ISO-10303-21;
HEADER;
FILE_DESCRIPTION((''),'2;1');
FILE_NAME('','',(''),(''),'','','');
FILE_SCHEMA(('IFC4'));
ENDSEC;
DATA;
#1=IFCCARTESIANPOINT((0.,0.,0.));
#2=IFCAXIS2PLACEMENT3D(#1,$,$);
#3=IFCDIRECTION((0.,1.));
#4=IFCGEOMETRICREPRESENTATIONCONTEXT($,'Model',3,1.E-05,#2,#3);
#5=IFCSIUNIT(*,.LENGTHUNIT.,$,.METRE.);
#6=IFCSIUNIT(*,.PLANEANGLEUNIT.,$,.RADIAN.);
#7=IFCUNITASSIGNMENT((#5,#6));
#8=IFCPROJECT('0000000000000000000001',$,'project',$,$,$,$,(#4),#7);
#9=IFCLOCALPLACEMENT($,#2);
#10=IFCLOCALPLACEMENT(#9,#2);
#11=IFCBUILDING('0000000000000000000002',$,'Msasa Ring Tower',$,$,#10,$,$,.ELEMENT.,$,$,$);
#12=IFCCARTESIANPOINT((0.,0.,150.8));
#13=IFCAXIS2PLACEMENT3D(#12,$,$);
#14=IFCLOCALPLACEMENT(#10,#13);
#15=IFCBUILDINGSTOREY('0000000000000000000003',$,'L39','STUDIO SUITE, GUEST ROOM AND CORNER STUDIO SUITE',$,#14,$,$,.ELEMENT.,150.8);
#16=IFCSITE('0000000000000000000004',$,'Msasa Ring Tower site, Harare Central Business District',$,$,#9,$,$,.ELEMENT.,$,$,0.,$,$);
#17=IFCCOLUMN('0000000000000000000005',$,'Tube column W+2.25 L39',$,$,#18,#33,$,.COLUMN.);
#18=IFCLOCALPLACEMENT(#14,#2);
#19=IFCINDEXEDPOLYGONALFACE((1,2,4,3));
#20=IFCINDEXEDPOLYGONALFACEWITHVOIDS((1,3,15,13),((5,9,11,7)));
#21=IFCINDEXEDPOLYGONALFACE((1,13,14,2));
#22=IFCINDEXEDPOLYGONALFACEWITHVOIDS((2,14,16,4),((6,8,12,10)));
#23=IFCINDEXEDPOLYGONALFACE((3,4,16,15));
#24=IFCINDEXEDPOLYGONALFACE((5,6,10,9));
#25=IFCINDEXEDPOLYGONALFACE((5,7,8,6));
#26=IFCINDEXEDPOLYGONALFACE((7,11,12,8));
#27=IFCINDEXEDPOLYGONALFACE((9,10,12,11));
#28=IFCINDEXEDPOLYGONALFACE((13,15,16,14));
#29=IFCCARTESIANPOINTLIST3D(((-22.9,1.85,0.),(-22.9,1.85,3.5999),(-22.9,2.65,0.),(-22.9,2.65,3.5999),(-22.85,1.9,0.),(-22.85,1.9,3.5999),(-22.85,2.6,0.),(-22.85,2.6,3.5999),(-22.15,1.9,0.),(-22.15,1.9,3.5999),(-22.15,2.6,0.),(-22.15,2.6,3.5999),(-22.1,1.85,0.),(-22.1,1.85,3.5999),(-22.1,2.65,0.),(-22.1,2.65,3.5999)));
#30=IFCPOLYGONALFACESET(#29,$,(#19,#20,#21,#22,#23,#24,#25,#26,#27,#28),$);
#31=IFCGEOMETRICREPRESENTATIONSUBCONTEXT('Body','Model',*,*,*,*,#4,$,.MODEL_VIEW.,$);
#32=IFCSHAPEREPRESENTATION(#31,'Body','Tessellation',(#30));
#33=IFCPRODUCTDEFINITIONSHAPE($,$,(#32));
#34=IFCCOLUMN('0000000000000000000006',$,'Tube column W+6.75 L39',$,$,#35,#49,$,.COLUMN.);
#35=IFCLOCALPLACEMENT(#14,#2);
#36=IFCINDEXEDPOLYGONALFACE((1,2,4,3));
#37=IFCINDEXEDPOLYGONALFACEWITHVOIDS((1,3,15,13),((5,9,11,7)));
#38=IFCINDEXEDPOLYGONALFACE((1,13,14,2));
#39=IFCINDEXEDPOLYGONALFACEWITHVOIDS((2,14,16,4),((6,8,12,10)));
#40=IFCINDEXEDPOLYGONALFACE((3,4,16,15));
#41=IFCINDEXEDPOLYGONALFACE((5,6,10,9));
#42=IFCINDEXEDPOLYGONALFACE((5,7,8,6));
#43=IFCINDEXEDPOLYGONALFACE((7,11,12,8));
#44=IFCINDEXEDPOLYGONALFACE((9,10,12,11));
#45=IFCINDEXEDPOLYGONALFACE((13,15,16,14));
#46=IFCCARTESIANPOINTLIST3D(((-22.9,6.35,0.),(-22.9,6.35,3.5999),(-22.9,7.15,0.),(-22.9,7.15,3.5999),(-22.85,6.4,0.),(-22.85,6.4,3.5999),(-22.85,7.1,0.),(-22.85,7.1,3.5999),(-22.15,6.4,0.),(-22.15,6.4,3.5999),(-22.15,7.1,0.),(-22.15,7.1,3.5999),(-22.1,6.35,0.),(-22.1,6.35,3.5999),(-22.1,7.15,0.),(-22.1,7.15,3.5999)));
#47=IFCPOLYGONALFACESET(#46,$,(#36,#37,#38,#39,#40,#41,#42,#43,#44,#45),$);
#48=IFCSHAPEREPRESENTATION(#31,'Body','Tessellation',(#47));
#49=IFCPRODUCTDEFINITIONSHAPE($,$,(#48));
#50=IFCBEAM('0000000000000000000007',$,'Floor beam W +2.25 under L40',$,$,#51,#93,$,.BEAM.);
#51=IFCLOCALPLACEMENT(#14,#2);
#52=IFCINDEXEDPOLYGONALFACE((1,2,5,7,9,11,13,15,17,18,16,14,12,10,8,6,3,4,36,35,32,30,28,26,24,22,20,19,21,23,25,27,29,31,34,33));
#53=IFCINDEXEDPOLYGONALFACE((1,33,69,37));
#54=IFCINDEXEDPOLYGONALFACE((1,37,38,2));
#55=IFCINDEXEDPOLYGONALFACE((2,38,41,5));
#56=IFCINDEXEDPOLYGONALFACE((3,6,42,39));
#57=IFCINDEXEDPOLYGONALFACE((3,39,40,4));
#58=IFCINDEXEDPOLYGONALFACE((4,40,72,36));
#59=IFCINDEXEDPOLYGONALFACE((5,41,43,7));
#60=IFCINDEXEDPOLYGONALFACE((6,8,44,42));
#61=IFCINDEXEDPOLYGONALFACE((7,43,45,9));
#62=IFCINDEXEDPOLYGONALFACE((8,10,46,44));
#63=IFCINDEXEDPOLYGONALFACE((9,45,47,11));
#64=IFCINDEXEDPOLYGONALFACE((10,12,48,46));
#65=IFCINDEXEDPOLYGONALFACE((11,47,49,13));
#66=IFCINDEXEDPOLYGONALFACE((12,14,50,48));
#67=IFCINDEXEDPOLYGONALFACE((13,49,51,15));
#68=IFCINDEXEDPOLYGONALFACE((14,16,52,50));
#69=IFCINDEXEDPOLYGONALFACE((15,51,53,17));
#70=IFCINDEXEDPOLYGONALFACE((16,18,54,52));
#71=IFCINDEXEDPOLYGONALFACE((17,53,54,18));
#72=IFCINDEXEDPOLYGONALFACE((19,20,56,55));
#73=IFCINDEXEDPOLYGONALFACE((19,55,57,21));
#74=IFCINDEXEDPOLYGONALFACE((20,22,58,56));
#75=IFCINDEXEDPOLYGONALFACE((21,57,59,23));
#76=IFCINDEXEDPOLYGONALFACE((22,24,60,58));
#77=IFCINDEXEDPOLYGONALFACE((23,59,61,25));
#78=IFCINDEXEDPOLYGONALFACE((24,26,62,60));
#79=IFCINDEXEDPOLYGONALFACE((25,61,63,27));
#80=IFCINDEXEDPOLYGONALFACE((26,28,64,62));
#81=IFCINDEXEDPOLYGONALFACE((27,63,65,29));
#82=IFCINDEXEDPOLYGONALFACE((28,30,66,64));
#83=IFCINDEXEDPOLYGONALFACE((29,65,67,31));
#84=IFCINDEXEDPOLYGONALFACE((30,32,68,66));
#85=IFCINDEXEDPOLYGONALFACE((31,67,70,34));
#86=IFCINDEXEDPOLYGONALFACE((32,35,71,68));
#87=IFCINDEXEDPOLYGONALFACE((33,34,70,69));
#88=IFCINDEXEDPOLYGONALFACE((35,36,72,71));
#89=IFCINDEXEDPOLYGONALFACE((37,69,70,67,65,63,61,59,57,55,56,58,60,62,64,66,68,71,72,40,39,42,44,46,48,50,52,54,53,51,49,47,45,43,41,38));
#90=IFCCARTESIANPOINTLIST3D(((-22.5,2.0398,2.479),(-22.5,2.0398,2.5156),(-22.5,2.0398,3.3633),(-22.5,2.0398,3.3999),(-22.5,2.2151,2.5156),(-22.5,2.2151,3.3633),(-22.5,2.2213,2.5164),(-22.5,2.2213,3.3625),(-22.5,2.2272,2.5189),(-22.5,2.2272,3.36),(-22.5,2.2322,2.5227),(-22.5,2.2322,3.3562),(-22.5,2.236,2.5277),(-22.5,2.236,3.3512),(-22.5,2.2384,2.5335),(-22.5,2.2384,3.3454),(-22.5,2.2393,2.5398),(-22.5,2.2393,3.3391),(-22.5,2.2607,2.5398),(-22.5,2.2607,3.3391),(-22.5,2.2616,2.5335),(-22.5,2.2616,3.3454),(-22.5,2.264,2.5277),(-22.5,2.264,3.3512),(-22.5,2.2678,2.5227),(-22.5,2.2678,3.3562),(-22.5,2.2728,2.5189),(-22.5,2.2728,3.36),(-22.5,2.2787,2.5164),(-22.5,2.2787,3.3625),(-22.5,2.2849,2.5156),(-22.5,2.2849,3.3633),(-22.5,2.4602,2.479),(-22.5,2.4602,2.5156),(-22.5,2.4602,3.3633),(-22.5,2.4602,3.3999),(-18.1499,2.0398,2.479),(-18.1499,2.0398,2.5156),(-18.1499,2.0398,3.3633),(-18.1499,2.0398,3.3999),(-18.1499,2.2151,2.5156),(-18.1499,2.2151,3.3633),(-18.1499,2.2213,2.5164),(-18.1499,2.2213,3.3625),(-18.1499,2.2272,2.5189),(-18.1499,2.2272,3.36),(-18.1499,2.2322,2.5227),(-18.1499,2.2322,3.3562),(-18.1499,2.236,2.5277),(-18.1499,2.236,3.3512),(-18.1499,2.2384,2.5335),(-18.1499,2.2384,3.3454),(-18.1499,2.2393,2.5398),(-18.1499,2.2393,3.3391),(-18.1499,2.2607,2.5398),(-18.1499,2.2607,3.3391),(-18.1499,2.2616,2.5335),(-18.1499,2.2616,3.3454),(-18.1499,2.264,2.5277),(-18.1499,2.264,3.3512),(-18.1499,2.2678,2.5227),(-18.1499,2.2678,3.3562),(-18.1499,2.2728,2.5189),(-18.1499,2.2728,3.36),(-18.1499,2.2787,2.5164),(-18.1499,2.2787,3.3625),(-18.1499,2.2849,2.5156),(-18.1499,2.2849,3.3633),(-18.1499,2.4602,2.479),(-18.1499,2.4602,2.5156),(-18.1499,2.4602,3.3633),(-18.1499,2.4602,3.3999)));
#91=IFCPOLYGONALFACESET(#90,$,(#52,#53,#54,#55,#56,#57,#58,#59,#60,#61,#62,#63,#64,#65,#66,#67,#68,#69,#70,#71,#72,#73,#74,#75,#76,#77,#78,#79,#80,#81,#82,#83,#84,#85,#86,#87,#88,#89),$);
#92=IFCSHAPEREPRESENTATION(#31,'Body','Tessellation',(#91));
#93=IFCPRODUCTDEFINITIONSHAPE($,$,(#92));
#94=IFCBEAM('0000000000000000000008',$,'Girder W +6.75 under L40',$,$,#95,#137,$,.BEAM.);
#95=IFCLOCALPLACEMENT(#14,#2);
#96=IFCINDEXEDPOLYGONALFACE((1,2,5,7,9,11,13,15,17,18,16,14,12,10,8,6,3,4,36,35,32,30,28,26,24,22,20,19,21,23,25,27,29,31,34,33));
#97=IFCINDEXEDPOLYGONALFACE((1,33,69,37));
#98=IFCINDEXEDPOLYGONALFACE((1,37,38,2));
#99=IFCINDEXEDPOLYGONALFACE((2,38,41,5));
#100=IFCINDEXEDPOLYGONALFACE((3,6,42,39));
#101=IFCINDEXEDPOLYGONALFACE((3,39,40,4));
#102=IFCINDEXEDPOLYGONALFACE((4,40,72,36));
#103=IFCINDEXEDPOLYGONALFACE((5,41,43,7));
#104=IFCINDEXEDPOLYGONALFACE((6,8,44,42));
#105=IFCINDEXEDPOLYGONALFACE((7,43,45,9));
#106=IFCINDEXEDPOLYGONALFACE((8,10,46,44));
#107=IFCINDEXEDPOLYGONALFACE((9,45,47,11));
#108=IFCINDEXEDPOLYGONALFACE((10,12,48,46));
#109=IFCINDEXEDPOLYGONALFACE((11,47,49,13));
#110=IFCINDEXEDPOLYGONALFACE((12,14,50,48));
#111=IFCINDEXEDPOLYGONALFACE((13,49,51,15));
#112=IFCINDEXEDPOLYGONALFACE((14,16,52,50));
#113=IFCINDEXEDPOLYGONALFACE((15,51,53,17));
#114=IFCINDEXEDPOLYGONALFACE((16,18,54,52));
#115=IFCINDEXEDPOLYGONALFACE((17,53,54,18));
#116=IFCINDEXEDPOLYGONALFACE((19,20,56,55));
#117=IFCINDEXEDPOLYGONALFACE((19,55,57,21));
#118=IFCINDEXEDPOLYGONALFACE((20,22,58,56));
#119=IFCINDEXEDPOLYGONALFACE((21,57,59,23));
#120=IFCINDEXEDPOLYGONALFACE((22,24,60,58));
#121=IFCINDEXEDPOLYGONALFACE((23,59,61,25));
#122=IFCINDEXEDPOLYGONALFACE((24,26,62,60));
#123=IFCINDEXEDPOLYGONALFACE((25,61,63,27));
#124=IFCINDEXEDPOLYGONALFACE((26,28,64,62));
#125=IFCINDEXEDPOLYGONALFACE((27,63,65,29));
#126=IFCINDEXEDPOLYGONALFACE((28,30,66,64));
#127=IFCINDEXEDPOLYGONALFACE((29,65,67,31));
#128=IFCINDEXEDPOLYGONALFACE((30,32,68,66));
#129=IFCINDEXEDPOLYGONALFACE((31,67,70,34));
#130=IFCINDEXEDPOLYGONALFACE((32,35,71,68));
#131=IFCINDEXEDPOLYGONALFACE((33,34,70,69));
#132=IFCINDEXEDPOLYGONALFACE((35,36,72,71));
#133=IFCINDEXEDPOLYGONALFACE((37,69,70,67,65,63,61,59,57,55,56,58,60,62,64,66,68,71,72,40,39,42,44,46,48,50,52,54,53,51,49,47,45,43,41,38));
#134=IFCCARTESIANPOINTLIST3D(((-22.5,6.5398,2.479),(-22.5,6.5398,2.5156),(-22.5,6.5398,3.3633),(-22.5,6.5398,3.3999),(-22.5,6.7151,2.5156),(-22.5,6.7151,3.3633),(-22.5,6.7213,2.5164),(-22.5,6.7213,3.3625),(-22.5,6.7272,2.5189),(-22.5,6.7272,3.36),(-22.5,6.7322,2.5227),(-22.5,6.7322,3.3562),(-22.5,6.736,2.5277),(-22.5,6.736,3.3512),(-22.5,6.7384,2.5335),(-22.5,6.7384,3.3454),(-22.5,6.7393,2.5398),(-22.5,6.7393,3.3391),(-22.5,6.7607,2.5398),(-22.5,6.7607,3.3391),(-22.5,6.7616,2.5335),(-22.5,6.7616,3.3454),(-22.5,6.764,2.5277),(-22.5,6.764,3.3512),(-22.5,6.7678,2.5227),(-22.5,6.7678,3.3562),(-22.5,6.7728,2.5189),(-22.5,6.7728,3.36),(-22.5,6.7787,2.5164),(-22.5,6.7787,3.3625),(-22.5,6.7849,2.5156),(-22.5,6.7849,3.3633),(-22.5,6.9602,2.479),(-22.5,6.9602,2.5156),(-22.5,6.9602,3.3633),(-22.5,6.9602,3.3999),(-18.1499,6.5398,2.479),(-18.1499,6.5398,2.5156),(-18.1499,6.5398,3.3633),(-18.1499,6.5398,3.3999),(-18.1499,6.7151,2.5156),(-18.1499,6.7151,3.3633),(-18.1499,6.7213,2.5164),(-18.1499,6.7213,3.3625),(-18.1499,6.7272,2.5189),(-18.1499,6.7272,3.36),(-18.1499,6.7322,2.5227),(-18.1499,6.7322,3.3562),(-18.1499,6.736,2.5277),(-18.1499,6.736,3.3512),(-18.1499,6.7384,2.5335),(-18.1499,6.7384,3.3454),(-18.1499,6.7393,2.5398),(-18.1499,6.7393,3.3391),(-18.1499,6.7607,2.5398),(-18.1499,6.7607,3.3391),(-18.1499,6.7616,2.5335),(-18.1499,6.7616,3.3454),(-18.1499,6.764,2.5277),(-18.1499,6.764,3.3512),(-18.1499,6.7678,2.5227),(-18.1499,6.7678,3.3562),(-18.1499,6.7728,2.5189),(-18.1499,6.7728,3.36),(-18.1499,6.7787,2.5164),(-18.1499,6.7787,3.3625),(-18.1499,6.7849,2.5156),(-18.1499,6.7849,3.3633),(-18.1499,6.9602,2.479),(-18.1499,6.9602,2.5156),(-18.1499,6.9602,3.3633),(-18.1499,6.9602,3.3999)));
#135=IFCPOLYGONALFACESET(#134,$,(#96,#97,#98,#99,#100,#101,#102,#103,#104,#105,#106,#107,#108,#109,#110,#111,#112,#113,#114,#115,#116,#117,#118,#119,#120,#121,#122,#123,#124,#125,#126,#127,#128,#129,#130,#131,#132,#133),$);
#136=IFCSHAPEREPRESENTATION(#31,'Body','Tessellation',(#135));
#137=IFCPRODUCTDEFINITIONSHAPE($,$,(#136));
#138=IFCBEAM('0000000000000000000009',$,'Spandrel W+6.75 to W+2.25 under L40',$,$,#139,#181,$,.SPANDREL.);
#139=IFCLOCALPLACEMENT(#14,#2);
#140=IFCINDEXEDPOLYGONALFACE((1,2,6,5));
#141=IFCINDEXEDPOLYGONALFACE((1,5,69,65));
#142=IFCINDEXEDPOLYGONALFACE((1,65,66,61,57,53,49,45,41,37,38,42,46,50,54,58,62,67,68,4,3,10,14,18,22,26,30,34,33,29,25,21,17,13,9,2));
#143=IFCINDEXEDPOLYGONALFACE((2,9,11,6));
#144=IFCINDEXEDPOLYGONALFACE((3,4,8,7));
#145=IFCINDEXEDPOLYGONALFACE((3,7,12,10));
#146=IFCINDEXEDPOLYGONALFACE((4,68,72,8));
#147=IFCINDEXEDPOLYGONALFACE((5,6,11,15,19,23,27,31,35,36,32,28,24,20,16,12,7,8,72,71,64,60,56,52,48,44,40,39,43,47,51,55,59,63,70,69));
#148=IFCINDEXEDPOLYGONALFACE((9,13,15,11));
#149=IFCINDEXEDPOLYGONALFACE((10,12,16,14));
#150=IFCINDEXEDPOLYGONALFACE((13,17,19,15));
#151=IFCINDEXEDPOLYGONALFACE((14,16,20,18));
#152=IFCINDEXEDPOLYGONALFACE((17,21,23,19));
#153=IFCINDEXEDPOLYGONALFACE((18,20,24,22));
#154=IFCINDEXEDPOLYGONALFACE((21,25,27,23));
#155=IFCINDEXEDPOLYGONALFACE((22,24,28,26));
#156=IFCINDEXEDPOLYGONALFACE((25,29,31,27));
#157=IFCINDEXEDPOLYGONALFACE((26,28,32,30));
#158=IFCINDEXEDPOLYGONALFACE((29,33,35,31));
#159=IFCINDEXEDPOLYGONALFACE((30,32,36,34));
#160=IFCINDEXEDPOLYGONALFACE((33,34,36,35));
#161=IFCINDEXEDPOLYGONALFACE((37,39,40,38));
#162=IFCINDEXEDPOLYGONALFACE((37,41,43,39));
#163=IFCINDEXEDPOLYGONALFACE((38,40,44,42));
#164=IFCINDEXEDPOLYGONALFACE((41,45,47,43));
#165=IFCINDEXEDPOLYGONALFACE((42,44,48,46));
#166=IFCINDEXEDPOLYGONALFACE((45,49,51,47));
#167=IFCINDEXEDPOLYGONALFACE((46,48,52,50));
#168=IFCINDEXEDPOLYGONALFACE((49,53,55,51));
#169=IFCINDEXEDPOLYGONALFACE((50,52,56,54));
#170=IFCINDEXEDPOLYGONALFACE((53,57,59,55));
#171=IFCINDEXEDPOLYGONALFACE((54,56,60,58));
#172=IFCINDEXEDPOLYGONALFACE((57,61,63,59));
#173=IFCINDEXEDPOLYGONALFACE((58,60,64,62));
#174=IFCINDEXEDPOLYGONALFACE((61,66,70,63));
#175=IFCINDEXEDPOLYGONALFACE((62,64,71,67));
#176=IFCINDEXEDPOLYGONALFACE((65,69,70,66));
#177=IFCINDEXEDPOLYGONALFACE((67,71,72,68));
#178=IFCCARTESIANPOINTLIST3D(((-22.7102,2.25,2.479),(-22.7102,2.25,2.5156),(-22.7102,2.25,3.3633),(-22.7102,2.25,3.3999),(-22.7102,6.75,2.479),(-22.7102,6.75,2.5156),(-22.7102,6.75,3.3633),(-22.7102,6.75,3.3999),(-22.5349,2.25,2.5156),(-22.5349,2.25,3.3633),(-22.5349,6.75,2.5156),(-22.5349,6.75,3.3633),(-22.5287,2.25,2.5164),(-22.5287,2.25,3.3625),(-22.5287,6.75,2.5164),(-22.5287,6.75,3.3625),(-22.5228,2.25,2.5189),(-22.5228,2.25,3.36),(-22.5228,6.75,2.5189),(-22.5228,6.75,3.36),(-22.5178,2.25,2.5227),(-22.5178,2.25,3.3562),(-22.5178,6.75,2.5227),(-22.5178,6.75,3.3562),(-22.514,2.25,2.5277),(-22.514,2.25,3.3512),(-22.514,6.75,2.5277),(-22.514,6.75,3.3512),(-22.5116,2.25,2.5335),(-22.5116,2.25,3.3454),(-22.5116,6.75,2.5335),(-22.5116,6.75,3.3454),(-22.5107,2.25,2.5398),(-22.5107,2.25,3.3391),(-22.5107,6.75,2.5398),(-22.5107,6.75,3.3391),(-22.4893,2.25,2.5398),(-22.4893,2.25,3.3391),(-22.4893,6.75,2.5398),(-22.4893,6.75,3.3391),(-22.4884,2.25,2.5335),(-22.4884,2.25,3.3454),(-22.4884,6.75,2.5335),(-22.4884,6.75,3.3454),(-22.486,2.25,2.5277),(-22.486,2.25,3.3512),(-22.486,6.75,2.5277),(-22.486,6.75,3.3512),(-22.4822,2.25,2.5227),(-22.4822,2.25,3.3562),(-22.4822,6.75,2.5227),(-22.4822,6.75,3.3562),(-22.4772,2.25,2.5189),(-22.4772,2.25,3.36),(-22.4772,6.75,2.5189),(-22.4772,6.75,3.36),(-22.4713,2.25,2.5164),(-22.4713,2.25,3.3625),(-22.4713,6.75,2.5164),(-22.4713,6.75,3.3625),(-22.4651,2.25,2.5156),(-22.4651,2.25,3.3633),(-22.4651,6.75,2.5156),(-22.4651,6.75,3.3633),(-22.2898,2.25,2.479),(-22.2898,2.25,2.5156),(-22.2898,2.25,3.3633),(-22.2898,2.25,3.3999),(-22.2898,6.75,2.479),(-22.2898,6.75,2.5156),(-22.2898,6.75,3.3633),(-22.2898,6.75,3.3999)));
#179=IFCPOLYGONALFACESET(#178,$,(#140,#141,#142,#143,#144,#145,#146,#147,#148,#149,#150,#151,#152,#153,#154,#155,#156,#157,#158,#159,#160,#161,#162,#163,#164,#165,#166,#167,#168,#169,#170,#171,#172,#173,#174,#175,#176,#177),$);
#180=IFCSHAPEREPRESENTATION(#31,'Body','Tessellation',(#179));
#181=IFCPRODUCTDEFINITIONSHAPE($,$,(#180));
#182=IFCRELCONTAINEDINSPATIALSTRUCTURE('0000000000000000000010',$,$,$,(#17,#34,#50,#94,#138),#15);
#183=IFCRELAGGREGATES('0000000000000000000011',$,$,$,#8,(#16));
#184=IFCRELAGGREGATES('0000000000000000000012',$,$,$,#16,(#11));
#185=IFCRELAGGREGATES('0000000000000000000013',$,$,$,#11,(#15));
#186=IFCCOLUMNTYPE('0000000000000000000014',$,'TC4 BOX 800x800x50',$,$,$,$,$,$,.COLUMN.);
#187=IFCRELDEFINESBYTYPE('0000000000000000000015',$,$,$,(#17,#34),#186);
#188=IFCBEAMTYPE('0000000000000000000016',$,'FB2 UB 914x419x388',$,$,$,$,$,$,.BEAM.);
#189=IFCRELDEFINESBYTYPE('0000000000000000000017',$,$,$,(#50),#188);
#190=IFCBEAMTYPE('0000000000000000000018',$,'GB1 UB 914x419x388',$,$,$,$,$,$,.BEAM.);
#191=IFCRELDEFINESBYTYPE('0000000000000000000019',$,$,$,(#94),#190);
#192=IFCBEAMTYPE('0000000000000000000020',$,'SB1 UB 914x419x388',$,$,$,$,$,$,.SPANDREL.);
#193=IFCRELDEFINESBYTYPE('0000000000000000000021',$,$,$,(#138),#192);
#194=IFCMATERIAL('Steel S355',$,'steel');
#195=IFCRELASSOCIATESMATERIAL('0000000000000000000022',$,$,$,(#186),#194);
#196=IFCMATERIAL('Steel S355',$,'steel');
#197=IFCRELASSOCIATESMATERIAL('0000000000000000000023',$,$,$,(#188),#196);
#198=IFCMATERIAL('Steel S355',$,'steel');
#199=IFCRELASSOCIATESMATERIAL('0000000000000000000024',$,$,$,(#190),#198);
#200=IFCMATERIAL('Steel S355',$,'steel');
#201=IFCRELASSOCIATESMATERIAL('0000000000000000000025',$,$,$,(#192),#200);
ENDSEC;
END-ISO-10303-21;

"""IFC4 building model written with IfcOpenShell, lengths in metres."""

from ifc_helpers import new_model, si_unit, direction, frame, origin, origin_2d, place, context, subcontext, project, spatial, hollow_rectangle, i_section, extrude, material, material_profile, profile_set, type_object, element, save


model = new_model("IFC4")

# Units and contexts
model_context = context("Model", 3, precision=1e-05, world=origin(), true_north=direction((0.0, 1.0)))
body_context = subcontext(model_context, "Body", "Model", "MODEL_VIEW")
ifc_project = project(units=[si_unit("LENGTHUNIT", "METRE"), si_unit("PLANEANGLEUNIT", "RADIAN")], contexts=[model_context])

# Site, building, storey
site_placement = place(None, origin())
site = spatial("IfcSite", under=ifc_project, at=site_placement, Name="Msasa Ring Tower site, Harare Central Business District", CompositionType="ELEMENT", RefElevation=0.0)
building_placement = place(site_placement, origin())
building = spatial("IfcBuilding", under=site, at=building_placement, Name="Msasa Ring Tower", CompositionType="ELEMENT")
storey_placement = place(building_placement, frame((0.0, 0.0, 150.8)))
storey = spatial("IfcBuildingStorey", under=building, at=storey_placement, Name="L39", Description="STUDIO SUITE, GUEST ROOM AND CORNER STUDIO SUITE", CompositionType="ELEMENT", Elevation=150.8)

# Columns
ifc_material_1 = material(Name="Steel S355", Category="steel")
ifc_material_profile_1 = material_profile(ifc_material_1, hollow_rectangle(XDim=0.8, YDim=0.8, WallThickness=0.05, at=origin_2d()), Name="BOX 800x800x50")
ifc_profile_set_1 = profile_set([ifc_material_profile_1], Name="Steel S355")
column_type = type_object("IfcColumnType", Name="TC4 BOX 800x800x50", PredefinedType="COLUMN", material=ifc_profile_set_1)
for number, where, z_axis, x_axis, name in (
    (1, (-22.5, 2.25, 0.0), (0.0, 0.0, 1.0), (1.0, 0.0, 0.0), "Tube column W+2.25 L39"),
    (2, (-22.5, 6.75, 0.0), (0.0, 0.0, 1.0), (1.0, 0.0, 0.0), "Tube column W+6.75 L39"),
):
    element("IfcColumn", number, at=place(storey_placement, frame(where, z_axis=z_axis, x_axis=x_axis)), inside=storey, type_object=column_type, Name=name, PredefinedType="COLUMN", context=body_context, shape_type="SweptSolid", body=[
        extrude(hollow_rectangle(XDim=0.8, YDim=0.8, WallThickness=0.05, at=origin_2d()), origin(), (0.0, 0.0, 1.0), 3.5999),
    ])

# Beams
ifc_material_2 = material(Name="Steel S355", Category="steel")
ifc_material_profile_2 = material_profile(ifc_material_2, i_section(OverallWidth=0.4204, OverallDepth=0.9209, WebThickness=0.0215, FlangeThickness=0.0366, FilletRadius=0.0242, at=origin_2d()), Name="UB 914x419x388")
ifc_profile_set_2 = profile_set([ifc_material_profile_2], Name="Steel S355")
beam_type_1 = type_object("IfcBeamType", Name="FB2 UB 914x419x388", PredefinedType="BEAM", material=ifc_profile_set_2)
beam_1_placement = place(storey_placement, frame((-22.5, 2.25, 2.9395), z_axis=(1.0, 0.0, 0.0), x_axis=(0.0, 1.0, 0.0)))
element("IfcBeam", 3, at=beam_1_placement, inside=storey, type_object=beam_type_1, Name="Floor beam W +2.25 under L40", PredefinedType="BEAM", context=body_context, shape_type="SweptSolid", body=[
    extrude(i_section(OverallWidth=0.4204, OverallDepth=0.9209, WebThickness=0.0215, FlangeThickness=0.0366, FilletRadius=0.0242, at=origin_2d()), origin(), (0.0, 0.0, 1.0), 4.3501),
])
ifc_material_3 = material(Name="Steel S355", Category="steel")
ifc_material_profile_3 = material_profile(ifc_material_3, i_section(OverallWidth=0.4204, OverallDepth=0.9209, WebThickness=0.0215, FlangeThickness=0.0366, FilletRadius=0.0242, at=origin_2d()), Name="UB 914x419x388")
ifc_profile_set_3 = profile_set([ifc_material_profile_3], Name="Steel S355")
beam_type_2 = type_object("IfcBeamType", Name="GB1 UB 914x419x388", PredefinedType="BEAM", material=ifc_profile_set_3)
beam_2_placement = place(storey_placement, frame((-18.1499, 6.75, 2.9395), z_axis=(-1.0, 0.0, 0.0), x_axis=(0.0, -1.0, 0.0)))
element("IfcBeam", 4, at=beam_2_placement, inside=storey, type_object=beam_type_2, Name="Girder W +6.75 under L40", PredefinedType="BEAM", context=body_context, shape_type="SweptSolid", body=[
    extrude(i_section(OverallWidth=0.4204, OverallDepth=0.9209, WebThickness=0.0215, FlangeThickness=0.0366, FilletRadius=0.0242, at=origin_2d()), origin(), (0.0, 0.0, 1.0), 4.3501),
])
ifc_material_4 = material(Name="Steel S355", Category="steel")
ifc_material_profile_4 = material_profile(ifc_material_4, i_section(OverallWidth=0.4204, OverallDepth=0.9209, WebThickness=0.0215, FlangeThickness=0.0366, FilletRadius=0.0242, at=origin_2d()), Name="UB 914x419x388")
ifc_profile_set_4 = profile_set([ifc_material_profile_4], Name="Steel S355")
beam_type_3 = type_object("IfcBeamType", Name="SB1 UB 914x419x388", PredefinedType="SPANDREL", material=ifc_profile_set_4)
for number, where, z_axis, x_axis, name in (
    (5, (-22.5, 6.75, 2.9395), (0.0, -1.0, 0.0), (1.0, 0.0, 0.0), "Spandrel W+6.75 to W+2.25 under L40"),
):
    element("IfcBeam", number, at=place(storey_placement, frame(where, z_axis=z_axis, x_axis=x_axis)), inside=storey, type_object=beam_type_3, Name=name, PredefinedType="SPANDREL", context=body_context, shape_type="SweptSolid", body=[
        extrude(i_section(OverallWidth=0.4204, OverallDepth=0.9209, WebThickness=0.0215, FlangeThickness=0.0366, FilletRadius=0.0242, at=origin_2d()), origin(), (0.0, 0.0, 1.0), 4.5),
    ])

save(model, "model.ifc")
